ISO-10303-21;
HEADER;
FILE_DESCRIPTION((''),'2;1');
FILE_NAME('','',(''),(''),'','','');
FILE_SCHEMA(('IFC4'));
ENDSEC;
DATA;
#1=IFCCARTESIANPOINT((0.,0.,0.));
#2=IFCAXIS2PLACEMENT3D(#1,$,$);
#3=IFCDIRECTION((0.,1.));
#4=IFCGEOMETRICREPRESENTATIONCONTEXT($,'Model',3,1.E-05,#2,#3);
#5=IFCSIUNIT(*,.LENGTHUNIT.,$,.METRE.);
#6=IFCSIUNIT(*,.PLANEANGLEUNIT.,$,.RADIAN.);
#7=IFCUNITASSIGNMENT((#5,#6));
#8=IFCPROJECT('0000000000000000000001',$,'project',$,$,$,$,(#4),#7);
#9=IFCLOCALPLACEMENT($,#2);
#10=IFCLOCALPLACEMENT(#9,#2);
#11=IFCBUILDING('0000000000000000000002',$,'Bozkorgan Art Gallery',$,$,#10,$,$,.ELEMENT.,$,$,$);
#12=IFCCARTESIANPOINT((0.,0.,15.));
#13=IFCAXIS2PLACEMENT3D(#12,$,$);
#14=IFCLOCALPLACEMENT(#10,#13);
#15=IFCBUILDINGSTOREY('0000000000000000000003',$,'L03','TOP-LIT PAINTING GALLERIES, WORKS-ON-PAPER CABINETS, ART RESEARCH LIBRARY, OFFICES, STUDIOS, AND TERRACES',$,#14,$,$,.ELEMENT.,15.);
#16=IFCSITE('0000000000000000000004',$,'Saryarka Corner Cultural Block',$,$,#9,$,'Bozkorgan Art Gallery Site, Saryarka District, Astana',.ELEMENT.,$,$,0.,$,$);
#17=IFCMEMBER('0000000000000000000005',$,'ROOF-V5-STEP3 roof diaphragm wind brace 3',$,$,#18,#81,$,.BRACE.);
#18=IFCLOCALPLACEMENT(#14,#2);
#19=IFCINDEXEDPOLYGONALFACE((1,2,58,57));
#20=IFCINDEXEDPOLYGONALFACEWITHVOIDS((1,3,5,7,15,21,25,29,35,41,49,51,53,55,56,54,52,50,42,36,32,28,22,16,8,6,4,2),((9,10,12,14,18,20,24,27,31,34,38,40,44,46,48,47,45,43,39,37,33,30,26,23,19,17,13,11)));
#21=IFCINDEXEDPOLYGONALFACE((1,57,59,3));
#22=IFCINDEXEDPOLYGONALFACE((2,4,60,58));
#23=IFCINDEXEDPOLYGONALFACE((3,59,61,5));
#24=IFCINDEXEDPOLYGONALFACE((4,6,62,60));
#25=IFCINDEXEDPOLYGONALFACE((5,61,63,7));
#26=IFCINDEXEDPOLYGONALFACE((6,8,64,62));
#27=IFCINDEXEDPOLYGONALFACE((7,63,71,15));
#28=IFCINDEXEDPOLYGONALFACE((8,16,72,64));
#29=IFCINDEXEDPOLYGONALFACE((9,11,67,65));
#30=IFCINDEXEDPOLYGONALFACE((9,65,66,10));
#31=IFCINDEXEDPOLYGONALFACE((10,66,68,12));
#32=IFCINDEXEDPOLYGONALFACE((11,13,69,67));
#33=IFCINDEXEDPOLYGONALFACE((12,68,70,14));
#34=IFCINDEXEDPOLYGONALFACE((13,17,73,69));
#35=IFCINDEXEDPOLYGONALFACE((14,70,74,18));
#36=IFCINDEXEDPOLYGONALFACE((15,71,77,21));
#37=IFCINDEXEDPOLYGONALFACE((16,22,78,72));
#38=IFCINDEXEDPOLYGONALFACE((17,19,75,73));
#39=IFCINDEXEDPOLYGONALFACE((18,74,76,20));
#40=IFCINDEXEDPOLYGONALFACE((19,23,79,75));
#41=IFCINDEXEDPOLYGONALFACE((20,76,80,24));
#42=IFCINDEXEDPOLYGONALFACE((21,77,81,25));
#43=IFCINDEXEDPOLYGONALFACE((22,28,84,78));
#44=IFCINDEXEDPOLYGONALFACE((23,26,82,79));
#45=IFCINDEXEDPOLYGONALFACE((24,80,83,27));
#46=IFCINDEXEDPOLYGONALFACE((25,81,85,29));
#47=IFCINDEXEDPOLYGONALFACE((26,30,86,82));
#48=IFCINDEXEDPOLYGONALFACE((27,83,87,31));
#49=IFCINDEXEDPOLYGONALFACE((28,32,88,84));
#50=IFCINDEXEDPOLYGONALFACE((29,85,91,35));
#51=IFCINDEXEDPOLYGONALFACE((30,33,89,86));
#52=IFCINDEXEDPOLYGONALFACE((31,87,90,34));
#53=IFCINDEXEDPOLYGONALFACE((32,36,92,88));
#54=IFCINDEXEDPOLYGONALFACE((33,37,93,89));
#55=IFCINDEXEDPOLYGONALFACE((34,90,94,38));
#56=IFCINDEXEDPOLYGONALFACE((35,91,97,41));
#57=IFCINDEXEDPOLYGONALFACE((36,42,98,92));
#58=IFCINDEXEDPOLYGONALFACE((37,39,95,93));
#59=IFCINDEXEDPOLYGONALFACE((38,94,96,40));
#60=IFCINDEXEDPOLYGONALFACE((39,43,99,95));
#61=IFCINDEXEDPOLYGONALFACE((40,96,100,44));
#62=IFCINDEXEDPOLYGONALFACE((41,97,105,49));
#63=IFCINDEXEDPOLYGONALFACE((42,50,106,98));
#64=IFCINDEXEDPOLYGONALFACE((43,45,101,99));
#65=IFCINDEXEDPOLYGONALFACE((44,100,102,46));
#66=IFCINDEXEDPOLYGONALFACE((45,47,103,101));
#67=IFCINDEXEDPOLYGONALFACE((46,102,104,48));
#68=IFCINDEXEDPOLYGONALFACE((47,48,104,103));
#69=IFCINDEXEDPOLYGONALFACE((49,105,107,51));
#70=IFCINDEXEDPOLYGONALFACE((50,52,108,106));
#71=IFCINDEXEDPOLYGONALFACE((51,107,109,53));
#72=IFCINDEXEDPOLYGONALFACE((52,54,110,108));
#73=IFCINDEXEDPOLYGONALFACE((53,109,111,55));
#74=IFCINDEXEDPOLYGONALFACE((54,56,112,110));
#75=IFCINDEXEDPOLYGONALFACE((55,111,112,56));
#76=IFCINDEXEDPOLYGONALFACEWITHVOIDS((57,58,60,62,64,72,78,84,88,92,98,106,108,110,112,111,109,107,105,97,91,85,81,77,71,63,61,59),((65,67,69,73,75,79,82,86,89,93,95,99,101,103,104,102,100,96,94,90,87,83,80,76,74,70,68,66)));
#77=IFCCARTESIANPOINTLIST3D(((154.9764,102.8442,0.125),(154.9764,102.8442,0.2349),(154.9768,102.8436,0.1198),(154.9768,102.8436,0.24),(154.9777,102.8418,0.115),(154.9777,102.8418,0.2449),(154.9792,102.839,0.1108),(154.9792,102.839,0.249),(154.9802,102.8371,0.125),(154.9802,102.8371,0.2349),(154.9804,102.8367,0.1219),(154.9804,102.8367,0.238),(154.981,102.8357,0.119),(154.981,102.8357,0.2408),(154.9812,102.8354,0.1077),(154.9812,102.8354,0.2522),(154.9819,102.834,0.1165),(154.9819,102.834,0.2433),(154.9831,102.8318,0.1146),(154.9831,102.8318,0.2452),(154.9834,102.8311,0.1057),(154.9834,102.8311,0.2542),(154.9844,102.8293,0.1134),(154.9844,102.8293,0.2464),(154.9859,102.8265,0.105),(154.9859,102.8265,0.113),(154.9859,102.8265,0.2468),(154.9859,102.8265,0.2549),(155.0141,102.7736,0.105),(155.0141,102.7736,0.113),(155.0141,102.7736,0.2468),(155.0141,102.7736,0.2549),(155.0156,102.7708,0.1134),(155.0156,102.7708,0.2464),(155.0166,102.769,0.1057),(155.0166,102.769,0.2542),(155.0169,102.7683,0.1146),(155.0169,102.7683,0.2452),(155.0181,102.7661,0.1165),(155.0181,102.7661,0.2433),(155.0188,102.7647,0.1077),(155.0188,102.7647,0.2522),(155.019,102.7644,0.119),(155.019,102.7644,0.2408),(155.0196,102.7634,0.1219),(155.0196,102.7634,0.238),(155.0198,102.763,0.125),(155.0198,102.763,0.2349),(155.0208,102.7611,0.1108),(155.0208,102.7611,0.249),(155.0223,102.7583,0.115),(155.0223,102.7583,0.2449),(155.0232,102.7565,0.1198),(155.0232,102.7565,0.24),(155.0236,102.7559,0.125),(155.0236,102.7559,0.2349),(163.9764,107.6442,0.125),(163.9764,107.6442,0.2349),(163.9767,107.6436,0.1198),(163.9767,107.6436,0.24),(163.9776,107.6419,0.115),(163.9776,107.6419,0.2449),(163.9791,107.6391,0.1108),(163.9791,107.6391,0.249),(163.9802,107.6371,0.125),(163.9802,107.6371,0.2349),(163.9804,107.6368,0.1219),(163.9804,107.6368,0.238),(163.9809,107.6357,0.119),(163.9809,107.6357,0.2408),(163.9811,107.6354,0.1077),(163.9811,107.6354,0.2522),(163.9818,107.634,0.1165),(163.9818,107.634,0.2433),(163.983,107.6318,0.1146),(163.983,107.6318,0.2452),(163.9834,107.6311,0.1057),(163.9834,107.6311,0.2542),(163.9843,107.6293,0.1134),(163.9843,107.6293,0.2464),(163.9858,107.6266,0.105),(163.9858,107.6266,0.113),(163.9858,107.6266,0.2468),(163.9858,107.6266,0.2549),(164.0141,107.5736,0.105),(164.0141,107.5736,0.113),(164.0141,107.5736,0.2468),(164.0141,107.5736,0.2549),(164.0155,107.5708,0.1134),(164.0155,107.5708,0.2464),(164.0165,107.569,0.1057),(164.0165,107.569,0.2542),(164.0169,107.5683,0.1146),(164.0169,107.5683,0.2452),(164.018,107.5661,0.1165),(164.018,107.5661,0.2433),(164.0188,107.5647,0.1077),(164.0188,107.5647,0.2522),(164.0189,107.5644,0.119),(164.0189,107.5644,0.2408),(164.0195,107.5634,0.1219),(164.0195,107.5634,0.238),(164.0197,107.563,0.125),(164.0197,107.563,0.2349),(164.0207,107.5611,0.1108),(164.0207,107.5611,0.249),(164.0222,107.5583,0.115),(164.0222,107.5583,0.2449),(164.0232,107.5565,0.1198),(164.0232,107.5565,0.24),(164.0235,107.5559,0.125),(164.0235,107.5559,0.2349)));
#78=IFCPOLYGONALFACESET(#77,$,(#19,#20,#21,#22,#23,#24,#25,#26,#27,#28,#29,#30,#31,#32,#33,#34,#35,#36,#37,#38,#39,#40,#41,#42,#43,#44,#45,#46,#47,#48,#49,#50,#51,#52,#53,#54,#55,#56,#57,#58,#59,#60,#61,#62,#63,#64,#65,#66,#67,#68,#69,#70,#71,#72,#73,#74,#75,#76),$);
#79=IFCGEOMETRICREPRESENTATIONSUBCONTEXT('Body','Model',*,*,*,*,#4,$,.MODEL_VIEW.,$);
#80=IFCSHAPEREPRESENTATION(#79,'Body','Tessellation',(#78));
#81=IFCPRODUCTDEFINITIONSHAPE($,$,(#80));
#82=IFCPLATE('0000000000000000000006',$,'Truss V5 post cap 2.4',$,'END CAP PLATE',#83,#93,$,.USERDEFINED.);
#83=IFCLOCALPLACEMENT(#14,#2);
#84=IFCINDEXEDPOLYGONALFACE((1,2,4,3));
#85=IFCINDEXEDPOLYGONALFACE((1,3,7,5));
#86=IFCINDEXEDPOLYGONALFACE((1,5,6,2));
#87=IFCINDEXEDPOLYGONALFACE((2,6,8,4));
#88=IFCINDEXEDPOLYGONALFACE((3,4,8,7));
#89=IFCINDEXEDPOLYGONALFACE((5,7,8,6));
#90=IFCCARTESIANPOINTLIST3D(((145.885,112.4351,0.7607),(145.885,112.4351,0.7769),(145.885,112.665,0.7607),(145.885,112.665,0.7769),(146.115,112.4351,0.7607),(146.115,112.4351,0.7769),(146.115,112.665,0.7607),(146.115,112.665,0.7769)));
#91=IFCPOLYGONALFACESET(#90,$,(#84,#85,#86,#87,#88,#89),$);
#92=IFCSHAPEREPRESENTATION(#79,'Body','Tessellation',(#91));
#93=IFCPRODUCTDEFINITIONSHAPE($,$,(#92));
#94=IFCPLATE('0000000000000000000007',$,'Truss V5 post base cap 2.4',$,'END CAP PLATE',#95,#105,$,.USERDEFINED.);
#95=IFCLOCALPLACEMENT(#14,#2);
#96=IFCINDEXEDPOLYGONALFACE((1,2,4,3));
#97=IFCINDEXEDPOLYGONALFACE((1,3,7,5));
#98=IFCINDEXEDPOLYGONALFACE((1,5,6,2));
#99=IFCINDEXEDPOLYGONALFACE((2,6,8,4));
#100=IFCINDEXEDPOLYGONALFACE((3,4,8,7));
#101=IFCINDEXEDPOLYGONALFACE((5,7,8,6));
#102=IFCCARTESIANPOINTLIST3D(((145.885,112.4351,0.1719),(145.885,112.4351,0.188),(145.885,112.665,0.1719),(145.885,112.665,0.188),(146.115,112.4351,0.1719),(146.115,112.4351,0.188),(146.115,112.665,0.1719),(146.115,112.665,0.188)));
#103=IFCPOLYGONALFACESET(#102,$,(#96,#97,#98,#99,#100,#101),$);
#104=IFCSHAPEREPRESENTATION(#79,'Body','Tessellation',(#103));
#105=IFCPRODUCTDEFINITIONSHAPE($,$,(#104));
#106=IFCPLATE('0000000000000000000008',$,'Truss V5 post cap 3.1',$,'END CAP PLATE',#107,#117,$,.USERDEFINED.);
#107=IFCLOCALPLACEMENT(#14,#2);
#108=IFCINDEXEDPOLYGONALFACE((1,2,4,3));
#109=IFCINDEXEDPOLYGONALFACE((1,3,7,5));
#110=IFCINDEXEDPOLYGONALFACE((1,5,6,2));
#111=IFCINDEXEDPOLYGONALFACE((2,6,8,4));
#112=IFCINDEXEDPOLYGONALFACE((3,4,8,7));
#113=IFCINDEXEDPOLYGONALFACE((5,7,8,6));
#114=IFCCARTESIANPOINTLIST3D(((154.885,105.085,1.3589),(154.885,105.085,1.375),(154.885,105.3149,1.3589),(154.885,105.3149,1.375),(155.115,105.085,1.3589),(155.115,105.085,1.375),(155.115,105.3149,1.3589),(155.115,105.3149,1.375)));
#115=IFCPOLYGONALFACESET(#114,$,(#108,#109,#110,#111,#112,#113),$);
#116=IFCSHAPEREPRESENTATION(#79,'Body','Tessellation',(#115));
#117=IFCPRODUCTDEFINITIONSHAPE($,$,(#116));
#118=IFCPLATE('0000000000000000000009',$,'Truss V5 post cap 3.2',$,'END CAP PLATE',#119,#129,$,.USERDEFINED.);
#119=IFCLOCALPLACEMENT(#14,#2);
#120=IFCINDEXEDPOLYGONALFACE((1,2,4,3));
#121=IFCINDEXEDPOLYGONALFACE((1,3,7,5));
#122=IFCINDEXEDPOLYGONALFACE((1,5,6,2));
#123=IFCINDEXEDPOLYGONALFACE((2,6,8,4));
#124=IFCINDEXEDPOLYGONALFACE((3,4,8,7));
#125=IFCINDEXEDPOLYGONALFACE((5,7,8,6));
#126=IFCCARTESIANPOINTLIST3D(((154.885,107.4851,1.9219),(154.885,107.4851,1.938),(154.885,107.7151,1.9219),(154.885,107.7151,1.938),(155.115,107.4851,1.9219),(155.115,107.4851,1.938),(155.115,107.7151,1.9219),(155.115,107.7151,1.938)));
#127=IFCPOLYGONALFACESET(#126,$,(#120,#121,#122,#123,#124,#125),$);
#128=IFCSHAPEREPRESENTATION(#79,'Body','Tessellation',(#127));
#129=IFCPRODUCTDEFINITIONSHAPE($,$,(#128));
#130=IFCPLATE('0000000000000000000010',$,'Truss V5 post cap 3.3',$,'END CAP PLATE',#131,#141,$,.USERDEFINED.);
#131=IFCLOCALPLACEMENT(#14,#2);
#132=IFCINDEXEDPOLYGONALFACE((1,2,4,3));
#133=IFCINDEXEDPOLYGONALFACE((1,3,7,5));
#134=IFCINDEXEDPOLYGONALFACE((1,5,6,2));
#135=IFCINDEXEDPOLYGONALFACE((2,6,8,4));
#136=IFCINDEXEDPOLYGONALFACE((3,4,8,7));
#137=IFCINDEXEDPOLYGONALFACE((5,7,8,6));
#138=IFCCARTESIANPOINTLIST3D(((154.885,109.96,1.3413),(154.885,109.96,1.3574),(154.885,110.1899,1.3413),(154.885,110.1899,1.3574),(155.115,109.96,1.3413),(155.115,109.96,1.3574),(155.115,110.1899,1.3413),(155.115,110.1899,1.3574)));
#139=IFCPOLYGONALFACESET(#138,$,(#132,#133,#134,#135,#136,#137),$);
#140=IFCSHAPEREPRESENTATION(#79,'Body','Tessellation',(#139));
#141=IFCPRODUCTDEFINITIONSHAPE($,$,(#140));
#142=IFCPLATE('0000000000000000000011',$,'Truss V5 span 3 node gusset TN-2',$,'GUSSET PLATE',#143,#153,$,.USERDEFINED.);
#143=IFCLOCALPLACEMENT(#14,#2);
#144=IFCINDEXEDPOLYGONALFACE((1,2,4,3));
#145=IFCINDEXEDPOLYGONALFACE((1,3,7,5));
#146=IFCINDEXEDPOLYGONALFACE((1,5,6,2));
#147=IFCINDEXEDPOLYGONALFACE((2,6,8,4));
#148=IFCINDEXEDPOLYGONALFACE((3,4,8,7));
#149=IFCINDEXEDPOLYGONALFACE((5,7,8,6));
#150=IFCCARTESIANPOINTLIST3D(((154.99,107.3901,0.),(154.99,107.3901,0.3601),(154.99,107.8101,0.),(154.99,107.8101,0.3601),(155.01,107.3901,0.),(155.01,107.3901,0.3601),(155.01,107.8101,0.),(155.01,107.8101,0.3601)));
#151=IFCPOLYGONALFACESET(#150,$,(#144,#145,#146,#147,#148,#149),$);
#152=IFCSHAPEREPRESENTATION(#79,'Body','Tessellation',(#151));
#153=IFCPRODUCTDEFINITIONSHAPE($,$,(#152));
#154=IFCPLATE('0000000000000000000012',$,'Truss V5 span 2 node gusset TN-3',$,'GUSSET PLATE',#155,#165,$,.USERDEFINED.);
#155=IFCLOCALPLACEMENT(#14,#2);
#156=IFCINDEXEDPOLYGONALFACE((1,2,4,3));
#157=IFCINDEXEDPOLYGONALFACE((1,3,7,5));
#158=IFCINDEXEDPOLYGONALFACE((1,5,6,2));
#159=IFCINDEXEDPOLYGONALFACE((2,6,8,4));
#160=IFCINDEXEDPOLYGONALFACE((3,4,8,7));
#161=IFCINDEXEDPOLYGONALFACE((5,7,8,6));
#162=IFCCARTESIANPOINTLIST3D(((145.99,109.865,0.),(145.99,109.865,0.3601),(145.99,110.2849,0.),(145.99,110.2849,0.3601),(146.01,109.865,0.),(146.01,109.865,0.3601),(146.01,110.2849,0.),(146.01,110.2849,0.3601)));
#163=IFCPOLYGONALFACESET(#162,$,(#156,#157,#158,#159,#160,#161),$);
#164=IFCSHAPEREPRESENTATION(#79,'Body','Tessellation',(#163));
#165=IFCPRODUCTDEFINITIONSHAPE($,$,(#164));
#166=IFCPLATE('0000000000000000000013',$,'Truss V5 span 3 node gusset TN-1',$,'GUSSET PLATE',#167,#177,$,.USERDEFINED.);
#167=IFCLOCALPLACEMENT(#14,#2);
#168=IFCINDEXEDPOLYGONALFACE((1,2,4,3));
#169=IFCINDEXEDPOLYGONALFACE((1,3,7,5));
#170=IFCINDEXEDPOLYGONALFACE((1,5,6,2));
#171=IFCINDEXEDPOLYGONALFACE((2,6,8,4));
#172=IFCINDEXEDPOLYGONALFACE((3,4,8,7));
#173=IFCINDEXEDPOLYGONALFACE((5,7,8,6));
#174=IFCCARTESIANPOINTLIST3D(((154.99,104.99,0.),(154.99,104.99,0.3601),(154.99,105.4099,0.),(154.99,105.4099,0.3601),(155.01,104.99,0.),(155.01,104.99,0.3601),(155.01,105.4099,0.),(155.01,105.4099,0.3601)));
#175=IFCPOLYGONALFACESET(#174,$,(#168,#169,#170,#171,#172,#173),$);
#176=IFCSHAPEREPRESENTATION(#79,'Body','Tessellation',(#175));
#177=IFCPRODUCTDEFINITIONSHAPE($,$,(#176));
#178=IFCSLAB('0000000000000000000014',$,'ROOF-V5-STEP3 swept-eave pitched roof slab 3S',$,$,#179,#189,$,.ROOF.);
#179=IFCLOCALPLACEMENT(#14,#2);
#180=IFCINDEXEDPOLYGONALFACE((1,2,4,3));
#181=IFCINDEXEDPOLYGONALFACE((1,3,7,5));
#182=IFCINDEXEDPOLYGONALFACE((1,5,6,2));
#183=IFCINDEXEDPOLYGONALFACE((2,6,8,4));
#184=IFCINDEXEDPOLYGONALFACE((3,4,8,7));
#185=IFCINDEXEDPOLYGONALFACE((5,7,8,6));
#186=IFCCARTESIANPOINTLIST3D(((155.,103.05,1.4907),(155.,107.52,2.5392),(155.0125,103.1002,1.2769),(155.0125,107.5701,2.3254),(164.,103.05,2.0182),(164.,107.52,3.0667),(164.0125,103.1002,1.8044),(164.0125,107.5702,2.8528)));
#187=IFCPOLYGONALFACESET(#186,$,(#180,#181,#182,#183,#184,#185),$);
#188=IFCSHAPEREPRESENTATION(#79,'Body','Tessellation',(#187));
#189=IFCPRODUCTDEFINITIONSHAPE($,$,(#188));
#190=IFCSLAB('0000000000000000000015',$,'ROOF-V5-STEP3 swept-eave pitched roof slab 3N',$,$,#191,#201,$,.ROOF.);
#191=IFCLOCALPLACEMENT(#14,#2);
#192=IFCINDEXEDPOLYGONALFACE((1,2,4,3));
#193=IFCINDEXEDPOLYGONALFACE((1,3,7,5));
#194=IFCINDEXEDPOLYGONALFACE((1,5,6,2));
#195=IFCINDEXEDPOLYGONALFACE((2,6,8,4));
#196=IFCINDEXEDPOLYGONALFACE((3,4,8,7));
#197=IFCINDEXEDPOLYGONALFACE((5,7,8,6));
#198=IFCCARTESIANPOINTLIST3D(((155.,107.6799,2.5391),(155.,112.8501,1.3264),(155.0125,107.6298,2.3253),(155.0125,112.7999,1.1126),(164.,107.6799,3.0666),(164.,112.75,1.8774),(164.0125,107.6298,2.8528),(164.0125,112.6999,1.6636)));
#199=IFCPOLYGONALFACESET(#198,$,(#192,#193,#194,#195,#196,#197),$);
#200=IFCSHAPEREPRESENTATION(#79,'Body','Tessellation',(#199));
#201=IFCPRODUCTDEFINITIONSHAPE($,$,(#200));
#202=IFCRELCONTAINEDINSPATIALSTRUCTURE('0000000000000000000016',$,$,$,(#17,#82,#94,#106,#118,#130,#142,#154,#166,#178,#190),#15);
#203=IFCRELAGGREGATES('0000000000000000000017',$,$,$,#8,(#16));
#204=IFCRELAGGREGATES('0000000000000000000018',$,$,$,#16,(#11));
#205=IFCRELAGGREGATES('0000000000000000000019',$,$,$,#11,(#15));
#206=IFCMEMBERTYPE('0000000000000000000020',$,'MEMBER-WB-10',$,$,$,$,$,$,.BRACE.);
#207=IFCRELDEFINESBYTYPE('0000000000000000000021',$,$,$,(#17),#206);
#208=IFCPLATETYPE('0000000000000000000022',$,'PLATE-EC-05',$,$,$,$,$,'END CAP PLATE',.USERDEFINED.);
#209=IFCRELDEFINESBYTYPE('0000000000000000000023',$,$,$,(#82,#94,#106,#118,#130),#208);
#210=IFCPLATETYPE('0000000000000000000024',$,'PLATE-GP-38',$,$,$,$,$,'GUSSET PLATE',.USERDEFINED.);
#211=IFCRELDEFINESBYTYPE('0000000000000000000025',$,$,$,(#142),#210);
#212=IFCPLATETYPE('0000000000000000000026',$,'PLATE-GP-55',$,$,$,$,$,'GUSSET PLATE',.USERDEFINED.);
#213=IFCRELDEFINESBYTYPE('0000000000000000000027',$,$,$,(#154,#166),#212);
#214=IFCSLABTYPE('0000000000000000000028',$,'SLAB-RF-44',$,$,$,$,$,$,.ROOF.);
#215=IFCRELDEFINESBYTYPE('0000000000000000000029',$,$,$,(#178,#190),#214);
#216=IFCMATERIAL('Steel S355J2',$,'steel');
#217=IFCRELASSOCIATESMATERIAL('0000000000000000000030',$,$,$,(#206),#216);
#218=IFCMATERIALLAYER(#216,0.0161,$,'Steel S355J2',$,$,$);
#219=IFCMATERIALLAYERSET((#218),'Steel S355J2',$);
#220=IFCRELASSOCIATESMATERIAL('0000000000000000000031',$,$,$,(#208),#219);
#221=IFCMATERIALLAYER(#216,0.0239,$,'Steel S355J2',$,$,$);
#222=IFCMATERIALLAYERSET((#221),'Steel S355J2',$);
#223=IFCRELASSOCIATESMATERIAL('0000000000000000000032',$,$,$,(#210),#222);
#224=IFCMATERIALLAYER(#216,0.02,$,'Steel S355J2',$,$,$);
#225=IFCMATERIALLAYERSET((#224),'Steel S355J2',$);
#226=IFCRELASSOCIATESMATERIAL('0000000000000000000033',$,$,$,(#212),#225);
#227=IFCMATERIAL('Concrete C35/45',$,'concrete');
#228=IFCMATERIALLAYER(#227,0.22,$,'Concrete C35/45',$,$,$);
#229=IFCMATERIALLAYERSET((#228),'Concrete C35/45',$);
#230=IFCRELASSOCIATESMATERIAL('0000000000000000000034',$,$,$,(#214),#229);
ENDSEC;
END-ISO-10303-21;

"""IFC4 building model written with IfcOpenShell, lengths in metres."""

from ifc_helpers import new_model, si_unit, direction, frame, origin, origin_2d, place, context, subcontext, project, spatial, polyline, rectangle, hollow_rectangle, outline, extrude, material, layer, layer_set, material_profile, profile_set, type_object, element, save


model = new_model("IFC4")

# Units and contexts
model_context = context("Model", 3, precision=1e-05, world=origin(), true_north=direction((0.0, 1.0)))
body_context = subcontext(model_context, "Body", "Model", "MODEL_VIEW")
ifc_project = project(units=[si_unit("LENGTHUNIT", "METRE"), si_unit("PLANEANGLEUNIT", "RADIAN")], contexts=[model_context])

# Site, building, storey
site_placement = place(None, origin())
site = spatial("IfcSite", under=ifc_project, at=site_placement, Name="Saryarka Corner Cultural Block", LongName="Bozkorgan Art Gallery Site, Saryarka District, Astana", CompositionType="ELEMENT", RefElevation=0.0)
building_placement = place(site_placement, origin())
building = spatial("IfcBuilding", under=site, at=building_placement, Name="Bozkorgan Art Gallery", CompositionType="ELEMENT")
storey_placement = place(building_placement, frame((0.0, 0.0, 15.0)))
storey = spatial("IfcBuildingStorey", under=building, at=storey_placement, Name="L03", Description="TOP-LIT PAINTING GALLERIES, WORKS-ON-PAPER CABINETS, ART RESEARCH LIBRARY, OFFICES, STUDIOS, AND TERRACES", CompositionType="ELEMENT", Elevation=15.0)

# Shared definitions
ifc_material_1 = material(Name="Steel S355J2", Category="steel")

# Member
ifc_material_profile_1 = material_profile(ifc_material_1, hollow_rectangle(XDim=0.1001, YDim=0.1499, WallThickness=0.0081, InnerFilletRadius=0.012, OuterFilletRadius=0.02, at=origin_2d()), Name="RHS 150x100x8")
ifc_profile_set_1 = profile_set([ifc_material_profile_1], Name="Steel S355J2")
member_type_1 = type_object("IfcMemberType", Name="MEMBER-WB-10", PredefinedType="BRACE", material=ifc_profile_set_1)
member_1_placement = place(storey_placement, frame((155.0, 102.8, 0.1799), z_axis=(0.882351, 0.470592, 0.0), x_axis=(-0.470592, 0.882351, 0.0)))
element("IfcMember", 1, at=member_1_placement, inside=storey, type_object=member_type_1, Name="ROOF-V5-STEP3 roof diaphragm wind brace 3", PredefinedType="BRACE", context=body_context, shape_type="SweptSolid", body=[
    extrude(hollow_rectangle(XDim=0.1001, YDim=0.1499, WallThickness=0.0081, InnerFilletRadius=0.012, OuterFilletRadius=0.02, at=origin_2d()), origin(), (0.0, 0.0, 1.0), 10.2),
])

# Plates
ifc_layer_1 = layer(ifc_material_1, 0.0161, Name="Steel S355J2")
ifc_layer_set_1 = layer_set([ifc_layer_1], Name="Steel S355J2")
plate_type_1 = type_object("IfcPlateType", Name="PLATE-EC-05", ElementType="END CAP PLATE", PredefinedType="USERDEFINED", material=ifc_layer_set_1)
for number, where, z_axis, x_axis, name in (
    (2, (146.0, 112.55, 0.7607), (0.0, 0.0, 1.0), (1.0, 0.0, 0.0), "Truss V5 post cap 2.4"),
    (3, (146.0, 112.55, 0.1719), (0.0, 0.0, 1.0), (1.0, 0.0, 0.0), "Truss V5 post base cap 2.4"),
    (4, (155.0, 105.2, 1.3589), (0.0, 0.0, 1.0), (1.0, 0.0, 0.0), "Truss V5 post cap 3.1"),
    (5, (155.0, 107.6001, 1.9219), (0.0, 0.0, 1.0), (1.0, 0.0, 0.0), "Truss V5 post cap 3.2"),
    (6, (155.0, 110.075, 1.3413), (0.0, 0.0, 1.0), (1.0, 0.0, 0.0), "Truss V5 post cap 3.3"),
):
    element("IfcPlate", number, at=place(storey_placement, frame(where, z_axis=z_axis, x_axis=x_axis)), inside=storey, type_object=plate_type_1, Name=name, ObjectType="END CAP PLATE", PredefinedType="USERDEFINED", context=body_context, shape_type="SweptSolid", body=[
        extrude(rectangle(XDim=0.23, YDim=0.23, at=origin_2d()), origin(), (0.0, 0.0, 1.0), 0.0161),
    ])
ifc_layer_2 = layer(ifc_material_1, 0.0239, Name="Steel S355J2")
ifc_layer_set_2 = layer_set([ifc_layer_2], Name="Steel S355J2")
plate_type_2 = type_object("IfcPlateType", Name="PLATE-GP-38", ElementType="GUSSET PLATE", PredefinedType="USERDEFINED", material=ifc_layer_set_2)
plate_placement = place(storey_placement, frame((155.0, 107.6001, 0.0), z_axis=(0.0, 0.0, 1.0), x_axis=(1.0, 0.0, 0.0)))
element("IfcPlate", 7, at=plate_placement, inside=storey, type_object=plate_type_2, Name="Truss V5 span 3 node gusset TN-2", ObjectType="GUSSET PLATE", PredefinedType="USERDEFINED", context=body_context, shape_type="SweptSolid", body=[
    extrude(rectangle(XDim=0.02, YDim=0.4199, at=origin_2d()), origin(), (0.0, 0.0, 1.0), 0.3601),
])
ifc_layer_3 = layer(ifc_material_1, 0.02, Name="Steel S355J2")
ifc_layer_set_3 = layer_set([ifc_layer_3], Name="Steel S355J2")
plate_type_3 = type_object("IfcPlateType", Name="PLATE-GP-55", ElementType="GUSSET PLATE", PredefinedType="USERDEFINED", material=ifc_layer_set_3)
for number, where, z_axis, x_axis, name in (
    (8, (146.0, 110.075, 0.0), (0.0, 0.0, 1.0), (1.0, 0.0, 0.0), "Truss V5 span 2 node gusset TN-3"),
    (9, (155.0, 105.2, 0.0), (0.0, 0.0, 1.0), (1.0, 0.0, 0.0), "Truss V5 span 3 node gusset TN-1"),
):
    element("IfcPlate", number, at=place(storey_placement, frame(where, z_axis=z_axis, x_axis=x_axis)), inside=storey, type_object=plate_type_3, Name=name, ObjectType="GUSSET PLATE", PredefinedType="USERDEFINED", context=body_context, shape_type="SweptSolid", body=[
        extrude(rectangle(XDim=0.02, YDim=0.4199, at=origin_2d()), origin(), (0.0, 0.0, 1.0), 0.3601),
    ])

# Slabs
ifc_material_2 = material(Name="Concrete C35/45", Category="concrete")
ifc_layer_4 = layer(ifc_material_2, 0.22, Name="Concrete C35/45")
ifc_layer_set_4 = layer_set([ifc_layer_4], Name="Concrete C35/45")
slab_type = type_object("IfcSlabType", Name="SLAB-RF-44", PredefinedType="ROOF", material=ifc_layer_set_4)
slab_1_placement = place(storey_placement, frame((155.0, 103.05, 1.4907), z_axis=(-0.056966, -0.227988, 0.971996), x_axis=(0.998287, -0.000003, 0.058506)))
element("IfcSlab", 10, at=slab_1_placement, inside=storey, type_object=slab_type, Name="ROOF-V5-STEP3 swept-eave pitched roof slab 3S", PredefinedType="ROOF", context=body_context, shape_type="SweptSolid", body=[
    extrude(outline(polyline([(0.0, 0.0), (9.0154, 0.0), (9.0768, 4.5909), (0.0613, 4.5908), (0.0, 0.0)])), origin(), (0.0, 0.0, -1.0), 0.22),
])
slab_2_placement = place(storey_placement, frame((155.0, 107.6799, 2.5391), z_axis=(-0.056977, 0.227983, 0.971997), x_axis=(0.998286, 0.0, 0.058518)))
element("IfcSlab", 11, at=slab_2_placement, inside=storey, type_object=slab_type, Name="ROOF-V5-STEP3 swept-eave pitched roof slab 3N", PredefinedType="ROOF", context=body_context, shape_type="SweptSolid", body=[
    extrude(outline(polyline([(0.0, 0.0), (9.0155, 0.0), (8.9459, 5.2072), (-0.071, 5.31), (0.0, 0.0)])), origin(), (0.0, 0.0, -1.0), 0.22),
])

save(model, "model.ifc")
